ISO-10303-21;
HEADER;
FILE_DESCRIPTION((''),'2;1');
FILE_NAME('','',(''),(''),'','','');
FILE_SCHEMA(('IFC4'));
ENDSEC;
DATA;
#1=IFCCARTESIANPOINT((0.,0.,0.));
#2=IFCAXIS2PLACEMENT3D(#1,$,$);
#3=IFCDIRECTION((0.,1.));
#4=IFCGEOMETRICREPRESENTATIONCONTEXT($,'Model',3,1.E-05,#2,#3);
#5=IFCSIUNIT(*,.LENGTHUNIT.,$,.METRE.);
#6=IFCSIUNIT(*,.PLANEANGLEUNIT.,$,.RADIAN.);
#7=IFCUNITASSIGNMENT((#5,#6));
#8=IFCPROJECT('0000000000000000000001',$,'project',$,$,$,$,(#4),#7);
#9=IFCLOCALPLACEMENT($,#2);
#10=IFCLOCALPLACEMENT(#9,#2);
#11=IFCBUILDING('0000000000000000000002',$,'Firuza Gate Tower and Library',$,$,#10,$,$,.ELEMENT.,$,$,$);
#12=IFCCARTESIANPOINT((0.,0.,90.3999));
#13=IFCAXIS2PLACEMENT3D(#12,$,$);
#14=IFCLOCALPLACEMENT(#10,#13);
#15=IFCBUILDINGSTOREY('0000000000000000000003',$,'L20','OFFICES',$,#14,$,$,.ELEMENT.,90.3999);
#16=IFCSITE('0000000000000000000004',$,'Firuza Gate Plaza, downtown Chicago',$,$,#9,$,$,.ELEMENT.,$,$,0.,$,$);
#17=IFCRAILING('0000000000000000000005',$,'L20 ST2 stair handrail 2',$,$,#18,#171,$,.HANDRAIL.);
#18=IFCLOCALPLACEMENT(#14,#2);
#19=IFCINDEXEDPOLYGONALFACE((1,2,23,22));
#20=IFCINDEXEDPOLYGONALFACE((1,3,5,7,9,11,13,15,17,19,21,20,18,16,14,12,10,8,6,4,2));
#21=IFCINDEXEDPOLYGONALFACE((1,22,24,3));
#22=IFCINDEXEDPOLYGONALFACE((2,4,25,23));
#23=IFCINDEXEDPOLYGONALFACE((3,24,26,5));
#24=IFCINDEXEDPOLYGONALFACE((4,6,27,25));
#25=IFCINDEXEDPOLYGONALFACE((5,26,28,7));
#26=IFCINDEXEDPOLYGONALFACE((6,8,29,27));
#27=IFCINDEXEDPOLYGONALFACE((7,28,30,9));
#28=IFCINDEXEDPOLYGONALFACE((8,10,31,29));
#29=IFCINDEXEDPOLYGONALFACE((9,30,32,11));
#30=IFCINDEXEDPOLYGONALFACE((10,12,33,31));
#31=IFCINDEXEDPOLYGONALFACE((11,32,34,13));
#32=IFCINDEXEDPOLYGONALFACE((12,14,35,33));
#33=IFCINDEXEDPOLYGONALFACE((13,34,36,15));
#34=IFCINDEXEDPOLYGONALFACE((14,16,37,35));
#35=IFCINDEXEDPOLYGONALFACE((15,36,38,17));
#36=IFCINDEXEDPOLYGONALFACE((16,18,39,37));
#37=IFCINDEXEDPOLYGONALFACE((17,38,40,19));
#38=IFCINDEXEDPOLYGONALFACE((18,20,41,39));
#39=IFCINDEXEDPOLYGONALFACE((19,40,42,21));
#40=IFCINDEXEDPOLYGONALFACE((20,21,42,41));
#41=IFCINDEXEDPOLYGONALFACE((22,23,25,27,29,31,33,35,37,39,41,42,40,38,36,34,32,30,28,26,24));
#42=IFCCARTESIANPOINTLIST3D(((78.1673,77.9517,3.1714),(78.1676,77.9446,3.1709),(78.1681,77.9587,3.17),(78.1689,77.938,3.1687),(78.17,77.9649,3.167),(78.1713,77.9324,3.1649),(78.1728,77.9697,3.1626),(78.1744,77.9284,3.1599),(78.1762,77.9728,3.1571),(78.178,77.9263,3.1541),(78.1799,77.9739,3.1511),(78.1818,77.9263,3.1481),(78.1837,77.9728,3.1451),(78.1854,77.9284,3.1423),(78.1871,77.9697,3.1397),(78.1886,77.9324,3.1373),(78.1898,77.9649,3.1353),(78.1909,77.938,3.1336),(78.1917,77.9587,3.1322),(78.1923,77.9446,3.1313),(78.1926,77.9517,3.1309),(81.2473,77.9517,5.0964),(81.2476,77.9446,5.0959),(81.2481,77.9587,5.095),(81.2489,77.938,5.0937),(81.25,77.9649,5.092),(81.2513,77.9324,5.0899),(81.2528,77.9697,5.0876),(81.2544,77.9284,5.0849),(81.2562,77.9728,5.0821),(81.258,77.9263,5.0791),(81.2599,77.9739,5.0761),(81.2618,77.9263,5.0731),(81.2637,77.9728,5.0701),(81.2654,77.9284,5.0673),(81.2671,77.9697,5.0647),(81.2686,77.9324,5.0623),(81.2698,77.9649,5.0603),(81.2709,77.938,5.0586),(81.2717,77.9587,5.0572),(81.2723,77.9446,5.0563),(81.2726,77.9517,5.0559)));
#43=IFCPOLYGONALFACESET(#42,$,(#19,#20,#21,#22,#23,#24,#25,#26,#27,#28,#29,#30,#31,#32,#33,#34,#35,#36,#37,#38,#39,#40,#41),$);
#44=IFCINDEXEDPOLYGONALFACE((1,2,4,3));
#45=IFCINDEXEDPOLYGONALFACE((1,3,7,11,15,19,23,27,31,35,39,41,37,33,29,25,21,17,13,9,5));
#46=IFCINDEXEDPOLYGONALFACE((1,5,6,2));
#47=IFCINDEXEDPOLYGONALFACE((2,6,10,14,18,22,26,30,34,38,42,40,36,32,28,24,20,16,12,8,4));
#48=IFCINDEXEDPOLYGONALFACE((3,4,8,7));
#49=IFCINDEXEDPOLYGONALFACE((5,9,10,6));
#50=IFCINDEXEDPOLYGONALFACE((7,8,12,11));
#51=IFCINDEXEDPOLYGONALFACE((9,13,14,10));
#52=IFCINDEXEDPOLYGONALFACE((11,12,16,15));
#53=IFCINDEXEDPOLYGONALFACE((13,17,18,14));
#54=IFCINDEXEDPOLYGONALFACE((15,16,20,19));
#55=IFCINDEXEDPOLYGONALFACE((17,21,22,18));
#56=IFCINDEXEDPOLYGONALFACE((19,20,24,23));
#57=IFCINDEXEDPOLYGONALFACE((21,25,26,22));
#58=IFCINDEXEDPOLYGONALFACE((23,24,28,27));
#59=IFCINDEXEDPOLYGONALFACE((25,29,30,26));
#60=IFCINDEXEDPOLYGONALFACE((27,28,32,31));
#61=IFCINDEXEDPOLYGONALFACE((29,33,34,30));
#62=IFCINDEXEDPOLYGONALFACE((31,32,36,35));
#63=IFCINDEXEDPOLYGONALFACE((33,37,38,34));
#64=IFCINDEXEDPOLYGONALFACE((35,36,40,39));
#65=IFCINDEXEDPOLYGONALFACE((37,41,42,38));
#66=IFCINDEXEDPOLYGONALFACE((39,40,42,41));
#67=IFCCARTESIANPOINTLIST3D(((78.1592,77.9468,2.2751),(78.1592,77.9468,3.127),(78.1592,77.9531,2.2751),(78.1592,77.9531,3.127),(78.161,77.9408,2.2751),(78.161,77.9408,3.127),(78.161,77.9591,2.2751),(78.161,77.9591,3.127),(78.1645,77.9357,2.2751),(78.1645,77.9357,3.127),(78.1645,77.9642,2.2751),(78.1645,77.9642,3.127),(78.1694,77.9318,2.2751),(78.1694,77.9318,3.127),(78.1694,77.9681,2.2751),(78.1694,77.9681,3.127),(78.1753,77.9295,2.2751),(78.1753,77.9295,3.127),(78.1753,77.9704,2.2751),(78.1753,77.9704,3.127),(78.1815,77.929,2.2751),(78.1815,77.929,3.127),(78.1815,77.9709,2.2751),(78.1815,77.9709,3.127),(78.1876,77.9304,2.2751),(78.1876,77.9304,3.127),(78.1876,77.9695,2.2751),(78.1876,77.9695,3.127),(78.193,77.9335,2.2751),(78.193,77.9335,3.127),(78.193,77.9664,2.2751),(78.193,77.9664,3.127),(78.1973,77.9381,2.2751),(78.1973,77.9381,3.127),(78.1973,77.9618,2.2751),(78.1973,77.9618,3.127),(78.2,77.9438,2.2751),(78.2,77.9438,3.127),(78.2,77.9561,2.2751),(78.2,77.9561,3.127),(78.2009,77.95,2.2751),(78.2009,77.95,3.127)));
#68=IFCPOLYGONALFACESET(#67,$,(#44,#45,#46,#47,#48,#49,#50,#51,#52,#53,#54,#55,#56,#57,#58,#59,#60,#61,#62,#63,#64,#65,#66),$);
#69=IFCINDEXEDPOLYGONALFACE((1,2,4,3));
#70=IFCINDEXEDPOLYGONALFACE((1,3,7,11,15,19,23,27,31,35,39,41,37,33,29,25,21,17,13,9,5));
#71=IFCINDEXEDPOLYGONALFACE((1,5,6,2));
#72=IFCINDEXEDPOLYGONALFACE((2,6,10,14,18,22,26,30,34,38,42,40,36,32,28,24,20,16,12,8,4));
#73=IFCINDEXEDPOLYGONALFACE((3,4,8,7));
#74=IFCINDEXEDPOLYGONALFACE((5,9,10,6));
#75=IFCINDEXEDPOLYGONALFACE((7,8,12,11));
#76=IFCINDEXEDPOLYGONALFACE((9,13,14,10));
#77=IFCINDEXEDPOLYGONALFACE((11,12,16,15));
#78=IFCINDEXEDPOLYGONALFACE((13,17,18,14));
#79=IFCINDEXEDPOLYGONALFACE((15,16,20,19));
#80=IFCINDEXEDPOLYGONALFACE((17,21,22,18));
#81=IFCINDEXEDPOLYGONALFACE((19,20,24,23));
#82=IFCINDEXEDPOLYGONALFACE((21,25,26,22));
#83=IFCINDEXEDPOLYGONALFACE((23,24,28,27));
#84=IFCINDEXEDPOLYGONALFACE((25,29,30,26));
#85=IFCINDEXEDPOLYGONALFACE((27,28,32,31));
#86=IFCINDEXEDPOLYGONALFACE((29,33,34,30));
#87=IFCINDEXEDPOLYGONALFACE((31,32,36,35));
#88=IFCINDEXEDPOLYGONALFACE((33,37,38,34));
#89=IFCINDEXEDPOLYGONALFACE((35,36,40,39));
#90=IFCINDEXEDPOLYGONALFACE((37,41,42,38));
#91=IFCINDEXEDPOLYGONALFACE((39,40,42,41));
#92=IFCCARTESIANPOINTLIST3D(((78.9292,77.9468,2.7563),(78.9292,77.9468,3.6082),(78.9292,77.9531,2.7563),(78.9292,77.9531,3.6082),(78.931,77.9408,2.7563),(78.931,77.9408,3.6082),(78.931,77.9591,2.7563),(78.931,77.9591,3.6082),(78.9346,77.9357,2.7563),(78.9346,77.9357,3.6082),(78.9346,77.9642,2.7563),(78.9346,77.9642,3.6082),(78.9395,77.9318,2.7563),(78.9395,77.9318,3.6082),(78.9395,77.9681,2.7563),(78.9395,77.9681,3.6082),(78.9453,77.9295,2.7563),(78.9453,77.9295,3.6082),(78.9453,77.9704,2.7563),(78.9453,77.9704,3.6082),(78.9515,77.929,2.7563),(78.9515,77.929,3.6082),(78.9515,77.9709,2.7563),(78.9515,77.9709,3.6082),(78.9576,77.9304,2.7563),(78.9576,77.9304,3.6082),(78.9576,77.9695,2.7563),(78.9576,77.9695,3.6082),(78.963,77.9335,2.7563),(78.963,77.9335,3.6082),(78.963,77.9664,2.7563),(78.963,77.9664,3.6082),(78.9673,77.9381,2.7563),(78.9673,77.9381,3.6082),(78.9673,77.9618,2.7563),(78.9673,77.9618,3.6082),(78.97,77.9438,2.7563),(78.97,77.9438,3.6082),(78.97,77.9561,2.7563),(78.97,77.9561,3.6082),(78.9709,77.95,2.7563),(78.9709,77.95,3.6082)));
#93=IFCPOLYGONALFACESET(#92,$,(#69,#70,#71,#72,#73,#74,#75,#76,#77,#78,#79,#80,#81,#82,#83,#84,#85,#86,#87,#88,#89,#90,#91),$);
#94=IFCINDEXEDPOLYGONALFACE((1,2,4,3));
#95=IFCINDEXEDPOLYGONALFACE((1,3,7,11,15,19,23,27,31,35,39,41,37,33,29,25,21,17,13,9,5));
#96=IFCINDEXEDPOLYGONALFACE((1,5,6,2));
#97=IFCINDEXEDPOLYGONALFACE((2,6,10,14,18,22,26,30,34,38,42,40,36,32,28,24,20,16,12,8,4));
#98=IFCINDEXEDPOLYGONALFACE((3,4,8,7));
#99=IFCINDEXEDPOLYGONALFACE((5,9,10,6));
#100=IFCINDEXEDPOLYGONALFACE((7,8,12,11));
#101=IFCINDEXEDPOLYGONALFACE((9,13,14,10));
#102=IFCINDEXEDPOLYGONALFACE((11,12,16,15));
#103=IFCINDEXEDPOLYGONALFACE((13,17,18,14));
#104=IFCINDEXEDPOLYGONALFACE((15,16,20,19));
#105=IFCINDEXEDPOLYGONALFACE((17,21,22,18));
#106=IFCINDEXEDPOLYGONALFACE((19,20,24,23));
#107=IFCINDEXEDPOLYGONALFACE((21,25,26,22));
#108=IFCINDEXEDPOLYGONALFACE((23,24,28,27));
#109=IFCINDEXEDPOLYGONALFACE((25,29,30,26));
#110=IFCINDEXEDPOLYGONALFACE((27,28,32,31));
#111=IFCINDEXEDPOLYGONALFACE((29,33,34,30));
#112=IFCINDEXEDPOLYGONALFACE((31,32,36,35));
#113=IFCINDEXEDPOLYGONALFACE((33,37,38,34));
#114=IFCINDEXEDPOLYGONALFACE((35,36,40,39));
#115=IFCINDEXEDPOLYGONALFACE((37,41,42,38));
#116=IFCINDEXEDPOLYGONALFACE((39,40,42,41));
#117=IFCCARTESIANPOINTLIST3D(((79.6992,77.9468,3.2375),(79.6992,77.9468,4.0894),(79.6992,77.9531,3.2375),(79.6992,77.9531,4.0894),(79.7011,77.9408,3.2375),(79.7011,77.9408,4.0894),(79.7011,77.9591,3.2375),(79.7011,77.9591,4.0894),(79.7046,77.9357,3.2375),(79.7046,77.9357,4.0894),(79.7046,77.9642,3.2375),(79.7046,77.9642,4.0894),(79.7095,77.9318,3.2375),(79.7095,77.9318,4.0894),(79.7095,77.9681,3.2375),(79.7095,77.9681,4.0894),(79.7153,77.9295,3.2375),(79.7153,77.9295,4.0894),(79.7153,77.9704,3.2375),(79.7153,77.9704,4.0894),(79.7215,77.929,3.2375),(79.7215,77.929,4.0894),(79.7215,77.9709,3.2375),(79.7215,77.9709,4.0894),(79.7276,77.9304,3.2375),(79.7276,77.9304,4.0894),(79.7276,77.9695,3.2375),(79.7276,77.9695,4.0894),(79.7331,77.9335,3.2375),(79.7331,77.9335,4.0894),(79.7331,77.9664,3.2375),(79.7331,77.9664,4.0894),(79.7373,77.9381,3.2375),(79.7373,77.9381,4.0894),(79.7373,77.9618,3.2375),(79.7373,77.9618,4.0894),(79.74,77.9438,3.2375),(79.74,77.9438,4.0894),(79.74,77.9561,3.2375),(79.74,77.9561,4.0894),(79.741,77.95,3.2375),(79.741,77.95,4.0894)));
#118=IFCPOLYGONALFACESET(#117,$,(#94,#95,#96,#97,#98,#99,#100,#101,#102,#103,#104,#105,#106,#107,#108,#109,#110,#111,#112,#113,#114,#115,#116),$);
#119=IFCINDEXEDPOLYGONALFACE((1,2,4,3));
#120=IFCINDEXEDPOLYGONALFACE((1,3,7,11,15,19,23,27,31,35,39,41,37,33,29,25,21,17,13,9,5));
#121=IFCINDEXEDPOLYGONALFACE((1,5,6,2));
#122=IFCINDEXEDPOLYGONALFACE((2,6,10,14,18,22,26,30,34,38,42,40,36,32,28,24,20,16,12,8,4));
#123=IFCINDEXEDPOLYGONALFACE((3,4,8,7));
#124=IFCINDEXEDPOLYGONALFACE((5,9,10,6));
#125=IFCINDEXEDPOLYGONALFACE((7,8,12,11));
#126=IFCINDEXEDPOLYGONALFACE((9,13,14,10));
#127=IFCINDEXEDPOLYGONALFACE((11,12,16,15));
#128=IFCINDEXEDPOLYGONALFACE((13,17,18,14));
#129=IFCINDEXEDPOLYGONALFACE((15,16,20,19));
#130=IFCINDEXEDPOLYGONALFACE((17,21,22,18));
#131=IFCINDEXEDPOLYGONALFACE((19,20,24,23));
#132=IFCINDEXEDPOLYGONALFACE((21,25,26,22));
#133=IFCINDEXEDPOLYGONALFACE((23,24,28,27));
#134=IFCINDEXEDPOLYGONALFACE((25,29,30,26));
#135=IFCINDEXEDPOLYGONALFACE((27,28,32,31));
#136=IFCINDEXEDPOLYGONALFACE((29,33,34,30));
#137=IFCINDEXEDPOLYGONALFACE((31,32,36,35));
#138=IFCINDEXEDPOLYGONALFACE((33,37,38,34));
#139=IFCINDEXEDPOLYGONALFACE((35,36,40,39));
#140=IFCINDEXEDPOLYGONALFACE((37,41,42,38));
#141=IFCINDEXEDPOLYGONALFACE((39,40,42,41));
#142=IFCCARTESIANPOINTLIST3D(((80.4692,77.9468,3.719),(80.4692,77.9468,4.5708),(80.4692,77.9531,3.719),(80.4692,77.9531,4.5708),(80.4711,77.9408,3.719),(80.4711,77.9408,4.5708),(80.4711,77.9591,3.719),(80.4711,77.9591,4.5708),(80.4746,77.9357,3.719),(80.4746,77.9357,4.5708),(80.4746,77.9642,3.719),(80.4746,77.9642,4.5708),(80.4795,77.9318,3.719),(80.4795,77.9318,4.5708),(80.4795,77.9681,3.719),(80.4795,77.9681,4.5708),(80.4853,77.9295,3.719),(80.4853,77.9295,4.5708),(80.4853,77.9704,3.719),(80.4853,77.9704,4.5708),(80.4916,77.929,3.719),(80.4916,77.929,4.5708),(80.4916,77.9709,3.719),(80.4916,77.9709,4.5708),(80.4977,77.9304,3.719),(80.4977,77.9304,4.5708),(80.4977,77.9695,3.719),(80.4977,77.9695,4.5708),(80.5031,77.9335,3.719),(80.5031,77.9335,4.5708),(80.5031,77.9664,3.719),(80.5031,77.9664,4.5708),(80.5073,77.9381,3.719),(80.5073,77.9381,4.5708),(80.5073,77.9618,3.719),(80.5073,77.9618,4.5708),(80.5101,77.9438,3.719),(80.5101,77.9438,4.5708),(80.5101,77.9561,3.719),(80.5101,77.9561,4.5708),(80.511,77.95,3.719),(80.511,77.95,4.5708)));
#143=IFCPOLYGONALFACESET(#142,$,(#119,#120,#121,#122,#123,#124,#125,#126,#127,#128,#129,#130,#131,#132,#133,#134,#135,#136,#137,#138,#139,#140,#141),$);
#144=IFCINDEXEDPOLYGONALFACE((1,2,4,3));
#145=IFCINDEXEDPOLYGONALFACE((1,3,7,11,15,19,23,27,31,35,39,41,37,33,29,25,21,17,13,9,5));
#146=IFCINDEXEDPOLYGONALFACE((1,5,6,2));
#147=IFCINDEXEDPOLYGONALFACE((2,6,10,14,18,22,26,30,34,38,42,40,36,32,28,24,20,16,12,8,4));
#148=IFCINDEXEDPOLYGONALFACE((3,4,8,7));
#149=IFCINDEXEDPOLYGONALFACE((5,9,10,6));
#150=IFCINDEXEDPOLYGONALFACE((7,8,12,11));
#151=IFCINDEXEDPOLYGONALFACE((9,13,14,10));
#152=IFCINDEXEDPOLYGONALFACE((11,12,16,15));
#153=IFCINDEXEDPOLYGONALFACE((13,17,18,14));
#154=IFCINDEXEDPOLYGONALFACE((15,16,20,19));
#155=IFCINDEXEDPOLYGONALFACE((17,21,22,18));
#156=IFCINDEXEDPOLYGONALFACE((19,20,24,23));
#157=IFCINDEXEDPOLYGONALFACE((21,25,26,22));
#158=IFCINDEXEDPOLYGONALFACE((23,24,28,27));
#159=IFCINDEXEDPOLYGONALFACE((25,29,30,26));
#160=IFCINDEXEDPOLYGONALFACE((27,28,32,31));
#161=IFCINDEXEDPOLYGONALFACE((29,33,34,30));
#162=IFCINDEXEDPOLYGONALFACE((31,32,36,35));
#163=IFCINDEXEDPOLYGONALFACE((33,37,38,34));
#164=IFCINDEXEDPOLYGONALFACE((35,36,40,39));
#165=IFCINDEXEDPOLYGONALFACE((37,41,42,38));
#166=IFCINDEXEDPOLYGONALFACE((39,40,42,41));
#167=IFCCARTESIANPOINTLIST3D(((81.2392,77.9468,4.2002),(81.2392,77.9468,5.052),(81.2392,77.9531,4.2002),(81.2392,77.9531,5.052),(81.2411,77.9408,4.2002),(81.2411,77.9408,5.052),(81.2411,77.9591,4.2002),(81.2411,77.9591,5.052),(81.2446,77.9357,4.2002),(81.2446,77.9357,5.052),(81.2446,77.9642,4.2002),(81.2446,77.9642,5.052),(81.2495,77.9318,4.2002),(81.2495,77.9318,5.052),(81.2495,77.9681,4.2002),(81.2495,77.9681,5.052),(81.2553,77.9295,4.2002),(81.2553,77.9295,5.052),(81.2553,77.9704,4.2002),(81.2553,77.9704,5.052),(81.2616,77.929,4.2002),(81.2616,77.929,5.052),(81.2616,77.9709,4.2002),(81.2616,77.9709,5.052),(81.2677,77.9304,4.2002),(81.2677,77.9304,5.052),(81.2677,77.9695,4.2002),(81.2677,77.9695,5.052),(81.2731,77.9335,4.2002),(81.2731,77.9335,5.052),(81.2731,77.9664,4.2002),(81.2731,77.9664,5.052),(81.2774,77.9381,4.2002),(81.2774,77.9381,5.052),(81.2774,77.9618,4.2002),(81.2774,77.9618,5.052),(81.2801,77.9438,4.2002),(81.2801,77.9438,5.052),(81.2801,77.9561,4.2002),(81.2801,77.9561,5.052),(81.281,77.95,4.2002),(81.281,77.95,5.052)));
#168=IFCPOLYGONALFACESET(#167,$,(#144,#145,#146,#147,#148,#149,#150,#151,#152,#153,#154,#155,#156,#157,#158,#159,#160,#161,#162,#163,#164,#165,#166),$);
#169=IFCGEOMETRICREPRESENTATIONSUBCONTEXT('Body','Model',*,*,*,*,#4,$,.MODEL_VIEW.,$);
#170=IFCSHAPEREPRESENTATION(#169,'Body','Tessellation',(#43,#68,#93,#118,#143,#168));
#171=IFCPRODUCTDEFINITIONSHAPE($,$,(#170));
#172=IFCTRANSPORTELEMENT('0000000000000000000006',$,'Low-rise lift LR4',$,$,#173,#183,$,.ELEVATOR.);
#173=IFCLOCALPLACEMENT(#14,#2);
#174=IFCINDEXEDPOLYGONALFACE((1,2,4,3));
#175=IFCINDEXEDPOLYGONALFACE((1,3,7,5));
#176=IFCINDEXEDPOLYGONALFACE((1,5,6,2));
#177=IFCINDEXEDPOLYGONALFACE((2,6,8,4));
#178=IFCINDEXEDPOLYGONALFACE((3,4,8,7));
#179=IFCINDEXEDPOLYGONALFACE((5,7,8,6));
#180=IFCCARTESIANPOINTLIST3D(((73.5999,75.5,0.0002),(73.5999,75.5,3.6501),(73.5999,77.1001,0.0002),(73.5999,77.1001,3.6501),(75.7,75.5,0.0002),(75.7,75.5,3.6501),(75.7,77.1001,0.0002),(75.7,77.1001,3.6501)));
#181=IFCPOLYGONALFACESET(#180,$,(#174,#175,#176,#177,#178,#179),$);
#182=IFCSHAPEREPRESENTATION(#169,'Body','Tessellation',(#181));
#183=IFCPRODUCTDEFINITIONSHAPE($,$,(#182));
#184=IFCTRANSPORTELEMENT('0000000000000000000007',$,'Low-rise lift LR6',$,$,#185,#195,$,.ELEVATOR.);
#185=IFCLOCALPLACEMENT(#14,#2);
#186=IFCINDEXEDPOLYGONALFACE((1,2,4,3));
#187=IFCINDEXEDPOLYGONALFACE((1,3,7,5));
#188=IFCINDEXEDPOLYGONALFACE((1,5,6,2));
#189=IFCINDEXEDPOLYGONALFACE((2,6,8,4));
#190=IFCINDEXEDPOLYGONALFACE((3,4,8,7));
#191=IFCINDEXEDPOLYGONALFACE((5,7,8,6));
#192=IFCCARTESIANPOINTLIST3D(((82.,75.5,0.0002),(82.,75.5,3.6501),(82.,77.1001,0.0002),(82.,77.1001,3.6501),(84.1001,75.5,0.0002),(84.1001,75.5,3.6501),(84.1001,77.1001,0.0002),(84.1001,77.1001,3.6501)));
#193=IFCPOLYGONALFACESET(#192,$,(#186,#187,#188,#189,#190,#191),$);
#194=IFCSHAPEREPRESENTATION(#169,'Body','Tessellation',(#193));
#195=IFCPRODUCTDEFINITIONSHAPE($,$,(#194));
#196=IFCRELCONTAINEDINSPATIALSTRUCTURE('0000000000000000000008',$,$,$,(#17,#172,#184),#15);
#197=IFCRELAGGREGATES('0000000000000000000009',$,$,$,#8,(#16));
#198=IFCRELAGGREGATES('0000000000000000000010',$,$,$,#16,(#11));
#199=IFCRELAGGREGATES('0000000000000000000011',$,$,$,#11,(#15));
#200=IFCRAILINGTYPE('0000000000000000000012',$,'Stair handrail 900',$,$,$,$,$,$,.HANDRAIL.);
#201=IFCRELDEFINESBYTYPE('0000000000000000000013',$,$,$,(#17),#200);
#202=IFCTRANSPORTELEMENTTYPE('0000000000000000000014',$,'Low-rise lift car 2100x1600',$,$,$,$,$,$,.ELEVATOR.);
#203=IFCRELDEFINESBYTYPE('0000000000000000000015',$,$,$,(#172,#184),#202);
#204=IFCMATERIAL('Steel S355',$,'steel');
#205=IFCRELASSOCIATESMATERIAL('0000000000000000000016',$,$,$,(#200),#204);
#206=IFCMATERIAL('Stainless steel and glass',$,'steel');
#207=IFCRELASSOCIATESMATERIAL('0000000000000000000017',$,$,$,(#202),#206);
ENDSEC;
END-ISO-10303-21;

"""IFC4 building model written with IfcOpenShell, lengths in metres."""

from ifc_helpers import new_model, si_unit, direction, frame, origin, origin_2d, place, context, subcontext, project, spatial, rectangle, circle, extrude, material, type_object, element, save


model = new_model("IFC4")

# Units and contexts
model_context = context("Model", 3, precision=1e-05, world=origin(), true_north=direction((0.0, 1.0)))
body_context = subcontext(model_context, "Body", "Model", "MODEL_VIEW")
ifc_project = project(units=[si_unit("LENGTHUNIT", "METRE"), si_unit("PLANEANGLEUNIT", "RADIAN")], contexts=[model_context])

# Site, building, storey
site_placement = place(None, origin())
site = spatial("IfcSite", under=ifc_project, at=site_placement, Name="Firuza Gate Plaza, downtown Chicago", CompositionType="ELEMENT", RefElevation=0.0)
building_placement = place(site_placement, origin())
building = spatial("IfcBuilding", under=site, at=building_placement, Name="Firuza Gate Tower and Library", CompositionType="ELEMENT")
storey_placement = place(building_placement, frame((0.0, 0.0, 90.3999)))
storey = spatial("IfcBuildingStorey", under=building, at=storey_placement, Name="L20", Description="OFFICES", CompositionType="ELEMENT", Elevation=90.3999)

# Railing
ifc_material_1 = material(Name="Steel S355", Category="steel")
railing_type_1 = type_object("IfcRailingType", Name="Stair handrail 900", PredefinedType="HANDRAIL", material=ifc_material_1)
railing_1_placement = place(storey_placement, frame((78.1799, 77.95, 2.2751)))
element("IfcRailing", 1, at=railing_1_placement, inside=storey, type_object=railing_type_1, Name="L20 ST2 stair handrail 2", PredefinedType="HANDRAIL", context=body_context, shape_type="SweptSolid", body=[
    extrude(circle(Radius=0.0239, at=origin_2d()), frame((0.0, 0.0, 0.876), z_axis=(0.847998, 0.0, 0.529999), x_axis=(0.0, 1.0, 0.0)), (0.0, 0.0, 1.0), 3.6321),
    extrude(circle(Radius=0.021, at=origin_2d()), origin(), (0.0, 0.0, 1.0), 0.8518),
    extrude(circle(Radius=0.021, at=origin_2d()), frame((0.77, 0.0, 0.4812)), (0.0, 0.0, 1.0), 0.8518),
    extrude(circle(Radius=0.021, at=origin_2d()), frame((1.54, 0.0, 0.9624)), (0.0, 0.0, 1.0), 0.8518),
    extrude(circle(Radius=0.021, at=origin_2d()), frame((2.3101, 0.0, 1.4438)), (0.0, 0.0, 1.0), 0.8518),
    extrude(circle(Radius=0.021, at=origin_2d()), frame((3.0801, 0.0, 1.925)), (0.0, 0.0, 1.0), 0.8518),
])

# Transport elements
ifc_material_2 = material(Name="Stainless steel and glass", Category="steel")
transport_element_type = type_object("IfcTransportElementType", Name="Low-rise lift car 2100x1600", PredefinedType="ELEVATOR", material=ifc_material_2)
for number, where, z_axis, x_axis, name in (
    (2, (74.6499, 76.3, 0.0002), (0.0, 0.0, 1.0), (1.0, 0.0, 0.0), "Low-rise lift LR4"),
    (3, (83.05, 76.3, 0.0002), (0.0, 0.0, 1.0), (1.0, 0.0, 0.0), "Low-rise lift LR6"),
):
    element("IfcTransportElement", number, at=place(storey_placement, frame(where, z_axis=z_axis, x_axis=x_axis)), inside=storey, type_object=transport_element_type, Name=name, PredefinedType="ELEVATOR", context=body_context, shape_type="SweptSolid", body=[
        extrude(rectangle(XDim=2.1001, YDim=1.6001, at=origin_2d()), origin(), (0.0, 0.0, 1.0), 3.6499),
    ])

save(model, "model.ifc")
